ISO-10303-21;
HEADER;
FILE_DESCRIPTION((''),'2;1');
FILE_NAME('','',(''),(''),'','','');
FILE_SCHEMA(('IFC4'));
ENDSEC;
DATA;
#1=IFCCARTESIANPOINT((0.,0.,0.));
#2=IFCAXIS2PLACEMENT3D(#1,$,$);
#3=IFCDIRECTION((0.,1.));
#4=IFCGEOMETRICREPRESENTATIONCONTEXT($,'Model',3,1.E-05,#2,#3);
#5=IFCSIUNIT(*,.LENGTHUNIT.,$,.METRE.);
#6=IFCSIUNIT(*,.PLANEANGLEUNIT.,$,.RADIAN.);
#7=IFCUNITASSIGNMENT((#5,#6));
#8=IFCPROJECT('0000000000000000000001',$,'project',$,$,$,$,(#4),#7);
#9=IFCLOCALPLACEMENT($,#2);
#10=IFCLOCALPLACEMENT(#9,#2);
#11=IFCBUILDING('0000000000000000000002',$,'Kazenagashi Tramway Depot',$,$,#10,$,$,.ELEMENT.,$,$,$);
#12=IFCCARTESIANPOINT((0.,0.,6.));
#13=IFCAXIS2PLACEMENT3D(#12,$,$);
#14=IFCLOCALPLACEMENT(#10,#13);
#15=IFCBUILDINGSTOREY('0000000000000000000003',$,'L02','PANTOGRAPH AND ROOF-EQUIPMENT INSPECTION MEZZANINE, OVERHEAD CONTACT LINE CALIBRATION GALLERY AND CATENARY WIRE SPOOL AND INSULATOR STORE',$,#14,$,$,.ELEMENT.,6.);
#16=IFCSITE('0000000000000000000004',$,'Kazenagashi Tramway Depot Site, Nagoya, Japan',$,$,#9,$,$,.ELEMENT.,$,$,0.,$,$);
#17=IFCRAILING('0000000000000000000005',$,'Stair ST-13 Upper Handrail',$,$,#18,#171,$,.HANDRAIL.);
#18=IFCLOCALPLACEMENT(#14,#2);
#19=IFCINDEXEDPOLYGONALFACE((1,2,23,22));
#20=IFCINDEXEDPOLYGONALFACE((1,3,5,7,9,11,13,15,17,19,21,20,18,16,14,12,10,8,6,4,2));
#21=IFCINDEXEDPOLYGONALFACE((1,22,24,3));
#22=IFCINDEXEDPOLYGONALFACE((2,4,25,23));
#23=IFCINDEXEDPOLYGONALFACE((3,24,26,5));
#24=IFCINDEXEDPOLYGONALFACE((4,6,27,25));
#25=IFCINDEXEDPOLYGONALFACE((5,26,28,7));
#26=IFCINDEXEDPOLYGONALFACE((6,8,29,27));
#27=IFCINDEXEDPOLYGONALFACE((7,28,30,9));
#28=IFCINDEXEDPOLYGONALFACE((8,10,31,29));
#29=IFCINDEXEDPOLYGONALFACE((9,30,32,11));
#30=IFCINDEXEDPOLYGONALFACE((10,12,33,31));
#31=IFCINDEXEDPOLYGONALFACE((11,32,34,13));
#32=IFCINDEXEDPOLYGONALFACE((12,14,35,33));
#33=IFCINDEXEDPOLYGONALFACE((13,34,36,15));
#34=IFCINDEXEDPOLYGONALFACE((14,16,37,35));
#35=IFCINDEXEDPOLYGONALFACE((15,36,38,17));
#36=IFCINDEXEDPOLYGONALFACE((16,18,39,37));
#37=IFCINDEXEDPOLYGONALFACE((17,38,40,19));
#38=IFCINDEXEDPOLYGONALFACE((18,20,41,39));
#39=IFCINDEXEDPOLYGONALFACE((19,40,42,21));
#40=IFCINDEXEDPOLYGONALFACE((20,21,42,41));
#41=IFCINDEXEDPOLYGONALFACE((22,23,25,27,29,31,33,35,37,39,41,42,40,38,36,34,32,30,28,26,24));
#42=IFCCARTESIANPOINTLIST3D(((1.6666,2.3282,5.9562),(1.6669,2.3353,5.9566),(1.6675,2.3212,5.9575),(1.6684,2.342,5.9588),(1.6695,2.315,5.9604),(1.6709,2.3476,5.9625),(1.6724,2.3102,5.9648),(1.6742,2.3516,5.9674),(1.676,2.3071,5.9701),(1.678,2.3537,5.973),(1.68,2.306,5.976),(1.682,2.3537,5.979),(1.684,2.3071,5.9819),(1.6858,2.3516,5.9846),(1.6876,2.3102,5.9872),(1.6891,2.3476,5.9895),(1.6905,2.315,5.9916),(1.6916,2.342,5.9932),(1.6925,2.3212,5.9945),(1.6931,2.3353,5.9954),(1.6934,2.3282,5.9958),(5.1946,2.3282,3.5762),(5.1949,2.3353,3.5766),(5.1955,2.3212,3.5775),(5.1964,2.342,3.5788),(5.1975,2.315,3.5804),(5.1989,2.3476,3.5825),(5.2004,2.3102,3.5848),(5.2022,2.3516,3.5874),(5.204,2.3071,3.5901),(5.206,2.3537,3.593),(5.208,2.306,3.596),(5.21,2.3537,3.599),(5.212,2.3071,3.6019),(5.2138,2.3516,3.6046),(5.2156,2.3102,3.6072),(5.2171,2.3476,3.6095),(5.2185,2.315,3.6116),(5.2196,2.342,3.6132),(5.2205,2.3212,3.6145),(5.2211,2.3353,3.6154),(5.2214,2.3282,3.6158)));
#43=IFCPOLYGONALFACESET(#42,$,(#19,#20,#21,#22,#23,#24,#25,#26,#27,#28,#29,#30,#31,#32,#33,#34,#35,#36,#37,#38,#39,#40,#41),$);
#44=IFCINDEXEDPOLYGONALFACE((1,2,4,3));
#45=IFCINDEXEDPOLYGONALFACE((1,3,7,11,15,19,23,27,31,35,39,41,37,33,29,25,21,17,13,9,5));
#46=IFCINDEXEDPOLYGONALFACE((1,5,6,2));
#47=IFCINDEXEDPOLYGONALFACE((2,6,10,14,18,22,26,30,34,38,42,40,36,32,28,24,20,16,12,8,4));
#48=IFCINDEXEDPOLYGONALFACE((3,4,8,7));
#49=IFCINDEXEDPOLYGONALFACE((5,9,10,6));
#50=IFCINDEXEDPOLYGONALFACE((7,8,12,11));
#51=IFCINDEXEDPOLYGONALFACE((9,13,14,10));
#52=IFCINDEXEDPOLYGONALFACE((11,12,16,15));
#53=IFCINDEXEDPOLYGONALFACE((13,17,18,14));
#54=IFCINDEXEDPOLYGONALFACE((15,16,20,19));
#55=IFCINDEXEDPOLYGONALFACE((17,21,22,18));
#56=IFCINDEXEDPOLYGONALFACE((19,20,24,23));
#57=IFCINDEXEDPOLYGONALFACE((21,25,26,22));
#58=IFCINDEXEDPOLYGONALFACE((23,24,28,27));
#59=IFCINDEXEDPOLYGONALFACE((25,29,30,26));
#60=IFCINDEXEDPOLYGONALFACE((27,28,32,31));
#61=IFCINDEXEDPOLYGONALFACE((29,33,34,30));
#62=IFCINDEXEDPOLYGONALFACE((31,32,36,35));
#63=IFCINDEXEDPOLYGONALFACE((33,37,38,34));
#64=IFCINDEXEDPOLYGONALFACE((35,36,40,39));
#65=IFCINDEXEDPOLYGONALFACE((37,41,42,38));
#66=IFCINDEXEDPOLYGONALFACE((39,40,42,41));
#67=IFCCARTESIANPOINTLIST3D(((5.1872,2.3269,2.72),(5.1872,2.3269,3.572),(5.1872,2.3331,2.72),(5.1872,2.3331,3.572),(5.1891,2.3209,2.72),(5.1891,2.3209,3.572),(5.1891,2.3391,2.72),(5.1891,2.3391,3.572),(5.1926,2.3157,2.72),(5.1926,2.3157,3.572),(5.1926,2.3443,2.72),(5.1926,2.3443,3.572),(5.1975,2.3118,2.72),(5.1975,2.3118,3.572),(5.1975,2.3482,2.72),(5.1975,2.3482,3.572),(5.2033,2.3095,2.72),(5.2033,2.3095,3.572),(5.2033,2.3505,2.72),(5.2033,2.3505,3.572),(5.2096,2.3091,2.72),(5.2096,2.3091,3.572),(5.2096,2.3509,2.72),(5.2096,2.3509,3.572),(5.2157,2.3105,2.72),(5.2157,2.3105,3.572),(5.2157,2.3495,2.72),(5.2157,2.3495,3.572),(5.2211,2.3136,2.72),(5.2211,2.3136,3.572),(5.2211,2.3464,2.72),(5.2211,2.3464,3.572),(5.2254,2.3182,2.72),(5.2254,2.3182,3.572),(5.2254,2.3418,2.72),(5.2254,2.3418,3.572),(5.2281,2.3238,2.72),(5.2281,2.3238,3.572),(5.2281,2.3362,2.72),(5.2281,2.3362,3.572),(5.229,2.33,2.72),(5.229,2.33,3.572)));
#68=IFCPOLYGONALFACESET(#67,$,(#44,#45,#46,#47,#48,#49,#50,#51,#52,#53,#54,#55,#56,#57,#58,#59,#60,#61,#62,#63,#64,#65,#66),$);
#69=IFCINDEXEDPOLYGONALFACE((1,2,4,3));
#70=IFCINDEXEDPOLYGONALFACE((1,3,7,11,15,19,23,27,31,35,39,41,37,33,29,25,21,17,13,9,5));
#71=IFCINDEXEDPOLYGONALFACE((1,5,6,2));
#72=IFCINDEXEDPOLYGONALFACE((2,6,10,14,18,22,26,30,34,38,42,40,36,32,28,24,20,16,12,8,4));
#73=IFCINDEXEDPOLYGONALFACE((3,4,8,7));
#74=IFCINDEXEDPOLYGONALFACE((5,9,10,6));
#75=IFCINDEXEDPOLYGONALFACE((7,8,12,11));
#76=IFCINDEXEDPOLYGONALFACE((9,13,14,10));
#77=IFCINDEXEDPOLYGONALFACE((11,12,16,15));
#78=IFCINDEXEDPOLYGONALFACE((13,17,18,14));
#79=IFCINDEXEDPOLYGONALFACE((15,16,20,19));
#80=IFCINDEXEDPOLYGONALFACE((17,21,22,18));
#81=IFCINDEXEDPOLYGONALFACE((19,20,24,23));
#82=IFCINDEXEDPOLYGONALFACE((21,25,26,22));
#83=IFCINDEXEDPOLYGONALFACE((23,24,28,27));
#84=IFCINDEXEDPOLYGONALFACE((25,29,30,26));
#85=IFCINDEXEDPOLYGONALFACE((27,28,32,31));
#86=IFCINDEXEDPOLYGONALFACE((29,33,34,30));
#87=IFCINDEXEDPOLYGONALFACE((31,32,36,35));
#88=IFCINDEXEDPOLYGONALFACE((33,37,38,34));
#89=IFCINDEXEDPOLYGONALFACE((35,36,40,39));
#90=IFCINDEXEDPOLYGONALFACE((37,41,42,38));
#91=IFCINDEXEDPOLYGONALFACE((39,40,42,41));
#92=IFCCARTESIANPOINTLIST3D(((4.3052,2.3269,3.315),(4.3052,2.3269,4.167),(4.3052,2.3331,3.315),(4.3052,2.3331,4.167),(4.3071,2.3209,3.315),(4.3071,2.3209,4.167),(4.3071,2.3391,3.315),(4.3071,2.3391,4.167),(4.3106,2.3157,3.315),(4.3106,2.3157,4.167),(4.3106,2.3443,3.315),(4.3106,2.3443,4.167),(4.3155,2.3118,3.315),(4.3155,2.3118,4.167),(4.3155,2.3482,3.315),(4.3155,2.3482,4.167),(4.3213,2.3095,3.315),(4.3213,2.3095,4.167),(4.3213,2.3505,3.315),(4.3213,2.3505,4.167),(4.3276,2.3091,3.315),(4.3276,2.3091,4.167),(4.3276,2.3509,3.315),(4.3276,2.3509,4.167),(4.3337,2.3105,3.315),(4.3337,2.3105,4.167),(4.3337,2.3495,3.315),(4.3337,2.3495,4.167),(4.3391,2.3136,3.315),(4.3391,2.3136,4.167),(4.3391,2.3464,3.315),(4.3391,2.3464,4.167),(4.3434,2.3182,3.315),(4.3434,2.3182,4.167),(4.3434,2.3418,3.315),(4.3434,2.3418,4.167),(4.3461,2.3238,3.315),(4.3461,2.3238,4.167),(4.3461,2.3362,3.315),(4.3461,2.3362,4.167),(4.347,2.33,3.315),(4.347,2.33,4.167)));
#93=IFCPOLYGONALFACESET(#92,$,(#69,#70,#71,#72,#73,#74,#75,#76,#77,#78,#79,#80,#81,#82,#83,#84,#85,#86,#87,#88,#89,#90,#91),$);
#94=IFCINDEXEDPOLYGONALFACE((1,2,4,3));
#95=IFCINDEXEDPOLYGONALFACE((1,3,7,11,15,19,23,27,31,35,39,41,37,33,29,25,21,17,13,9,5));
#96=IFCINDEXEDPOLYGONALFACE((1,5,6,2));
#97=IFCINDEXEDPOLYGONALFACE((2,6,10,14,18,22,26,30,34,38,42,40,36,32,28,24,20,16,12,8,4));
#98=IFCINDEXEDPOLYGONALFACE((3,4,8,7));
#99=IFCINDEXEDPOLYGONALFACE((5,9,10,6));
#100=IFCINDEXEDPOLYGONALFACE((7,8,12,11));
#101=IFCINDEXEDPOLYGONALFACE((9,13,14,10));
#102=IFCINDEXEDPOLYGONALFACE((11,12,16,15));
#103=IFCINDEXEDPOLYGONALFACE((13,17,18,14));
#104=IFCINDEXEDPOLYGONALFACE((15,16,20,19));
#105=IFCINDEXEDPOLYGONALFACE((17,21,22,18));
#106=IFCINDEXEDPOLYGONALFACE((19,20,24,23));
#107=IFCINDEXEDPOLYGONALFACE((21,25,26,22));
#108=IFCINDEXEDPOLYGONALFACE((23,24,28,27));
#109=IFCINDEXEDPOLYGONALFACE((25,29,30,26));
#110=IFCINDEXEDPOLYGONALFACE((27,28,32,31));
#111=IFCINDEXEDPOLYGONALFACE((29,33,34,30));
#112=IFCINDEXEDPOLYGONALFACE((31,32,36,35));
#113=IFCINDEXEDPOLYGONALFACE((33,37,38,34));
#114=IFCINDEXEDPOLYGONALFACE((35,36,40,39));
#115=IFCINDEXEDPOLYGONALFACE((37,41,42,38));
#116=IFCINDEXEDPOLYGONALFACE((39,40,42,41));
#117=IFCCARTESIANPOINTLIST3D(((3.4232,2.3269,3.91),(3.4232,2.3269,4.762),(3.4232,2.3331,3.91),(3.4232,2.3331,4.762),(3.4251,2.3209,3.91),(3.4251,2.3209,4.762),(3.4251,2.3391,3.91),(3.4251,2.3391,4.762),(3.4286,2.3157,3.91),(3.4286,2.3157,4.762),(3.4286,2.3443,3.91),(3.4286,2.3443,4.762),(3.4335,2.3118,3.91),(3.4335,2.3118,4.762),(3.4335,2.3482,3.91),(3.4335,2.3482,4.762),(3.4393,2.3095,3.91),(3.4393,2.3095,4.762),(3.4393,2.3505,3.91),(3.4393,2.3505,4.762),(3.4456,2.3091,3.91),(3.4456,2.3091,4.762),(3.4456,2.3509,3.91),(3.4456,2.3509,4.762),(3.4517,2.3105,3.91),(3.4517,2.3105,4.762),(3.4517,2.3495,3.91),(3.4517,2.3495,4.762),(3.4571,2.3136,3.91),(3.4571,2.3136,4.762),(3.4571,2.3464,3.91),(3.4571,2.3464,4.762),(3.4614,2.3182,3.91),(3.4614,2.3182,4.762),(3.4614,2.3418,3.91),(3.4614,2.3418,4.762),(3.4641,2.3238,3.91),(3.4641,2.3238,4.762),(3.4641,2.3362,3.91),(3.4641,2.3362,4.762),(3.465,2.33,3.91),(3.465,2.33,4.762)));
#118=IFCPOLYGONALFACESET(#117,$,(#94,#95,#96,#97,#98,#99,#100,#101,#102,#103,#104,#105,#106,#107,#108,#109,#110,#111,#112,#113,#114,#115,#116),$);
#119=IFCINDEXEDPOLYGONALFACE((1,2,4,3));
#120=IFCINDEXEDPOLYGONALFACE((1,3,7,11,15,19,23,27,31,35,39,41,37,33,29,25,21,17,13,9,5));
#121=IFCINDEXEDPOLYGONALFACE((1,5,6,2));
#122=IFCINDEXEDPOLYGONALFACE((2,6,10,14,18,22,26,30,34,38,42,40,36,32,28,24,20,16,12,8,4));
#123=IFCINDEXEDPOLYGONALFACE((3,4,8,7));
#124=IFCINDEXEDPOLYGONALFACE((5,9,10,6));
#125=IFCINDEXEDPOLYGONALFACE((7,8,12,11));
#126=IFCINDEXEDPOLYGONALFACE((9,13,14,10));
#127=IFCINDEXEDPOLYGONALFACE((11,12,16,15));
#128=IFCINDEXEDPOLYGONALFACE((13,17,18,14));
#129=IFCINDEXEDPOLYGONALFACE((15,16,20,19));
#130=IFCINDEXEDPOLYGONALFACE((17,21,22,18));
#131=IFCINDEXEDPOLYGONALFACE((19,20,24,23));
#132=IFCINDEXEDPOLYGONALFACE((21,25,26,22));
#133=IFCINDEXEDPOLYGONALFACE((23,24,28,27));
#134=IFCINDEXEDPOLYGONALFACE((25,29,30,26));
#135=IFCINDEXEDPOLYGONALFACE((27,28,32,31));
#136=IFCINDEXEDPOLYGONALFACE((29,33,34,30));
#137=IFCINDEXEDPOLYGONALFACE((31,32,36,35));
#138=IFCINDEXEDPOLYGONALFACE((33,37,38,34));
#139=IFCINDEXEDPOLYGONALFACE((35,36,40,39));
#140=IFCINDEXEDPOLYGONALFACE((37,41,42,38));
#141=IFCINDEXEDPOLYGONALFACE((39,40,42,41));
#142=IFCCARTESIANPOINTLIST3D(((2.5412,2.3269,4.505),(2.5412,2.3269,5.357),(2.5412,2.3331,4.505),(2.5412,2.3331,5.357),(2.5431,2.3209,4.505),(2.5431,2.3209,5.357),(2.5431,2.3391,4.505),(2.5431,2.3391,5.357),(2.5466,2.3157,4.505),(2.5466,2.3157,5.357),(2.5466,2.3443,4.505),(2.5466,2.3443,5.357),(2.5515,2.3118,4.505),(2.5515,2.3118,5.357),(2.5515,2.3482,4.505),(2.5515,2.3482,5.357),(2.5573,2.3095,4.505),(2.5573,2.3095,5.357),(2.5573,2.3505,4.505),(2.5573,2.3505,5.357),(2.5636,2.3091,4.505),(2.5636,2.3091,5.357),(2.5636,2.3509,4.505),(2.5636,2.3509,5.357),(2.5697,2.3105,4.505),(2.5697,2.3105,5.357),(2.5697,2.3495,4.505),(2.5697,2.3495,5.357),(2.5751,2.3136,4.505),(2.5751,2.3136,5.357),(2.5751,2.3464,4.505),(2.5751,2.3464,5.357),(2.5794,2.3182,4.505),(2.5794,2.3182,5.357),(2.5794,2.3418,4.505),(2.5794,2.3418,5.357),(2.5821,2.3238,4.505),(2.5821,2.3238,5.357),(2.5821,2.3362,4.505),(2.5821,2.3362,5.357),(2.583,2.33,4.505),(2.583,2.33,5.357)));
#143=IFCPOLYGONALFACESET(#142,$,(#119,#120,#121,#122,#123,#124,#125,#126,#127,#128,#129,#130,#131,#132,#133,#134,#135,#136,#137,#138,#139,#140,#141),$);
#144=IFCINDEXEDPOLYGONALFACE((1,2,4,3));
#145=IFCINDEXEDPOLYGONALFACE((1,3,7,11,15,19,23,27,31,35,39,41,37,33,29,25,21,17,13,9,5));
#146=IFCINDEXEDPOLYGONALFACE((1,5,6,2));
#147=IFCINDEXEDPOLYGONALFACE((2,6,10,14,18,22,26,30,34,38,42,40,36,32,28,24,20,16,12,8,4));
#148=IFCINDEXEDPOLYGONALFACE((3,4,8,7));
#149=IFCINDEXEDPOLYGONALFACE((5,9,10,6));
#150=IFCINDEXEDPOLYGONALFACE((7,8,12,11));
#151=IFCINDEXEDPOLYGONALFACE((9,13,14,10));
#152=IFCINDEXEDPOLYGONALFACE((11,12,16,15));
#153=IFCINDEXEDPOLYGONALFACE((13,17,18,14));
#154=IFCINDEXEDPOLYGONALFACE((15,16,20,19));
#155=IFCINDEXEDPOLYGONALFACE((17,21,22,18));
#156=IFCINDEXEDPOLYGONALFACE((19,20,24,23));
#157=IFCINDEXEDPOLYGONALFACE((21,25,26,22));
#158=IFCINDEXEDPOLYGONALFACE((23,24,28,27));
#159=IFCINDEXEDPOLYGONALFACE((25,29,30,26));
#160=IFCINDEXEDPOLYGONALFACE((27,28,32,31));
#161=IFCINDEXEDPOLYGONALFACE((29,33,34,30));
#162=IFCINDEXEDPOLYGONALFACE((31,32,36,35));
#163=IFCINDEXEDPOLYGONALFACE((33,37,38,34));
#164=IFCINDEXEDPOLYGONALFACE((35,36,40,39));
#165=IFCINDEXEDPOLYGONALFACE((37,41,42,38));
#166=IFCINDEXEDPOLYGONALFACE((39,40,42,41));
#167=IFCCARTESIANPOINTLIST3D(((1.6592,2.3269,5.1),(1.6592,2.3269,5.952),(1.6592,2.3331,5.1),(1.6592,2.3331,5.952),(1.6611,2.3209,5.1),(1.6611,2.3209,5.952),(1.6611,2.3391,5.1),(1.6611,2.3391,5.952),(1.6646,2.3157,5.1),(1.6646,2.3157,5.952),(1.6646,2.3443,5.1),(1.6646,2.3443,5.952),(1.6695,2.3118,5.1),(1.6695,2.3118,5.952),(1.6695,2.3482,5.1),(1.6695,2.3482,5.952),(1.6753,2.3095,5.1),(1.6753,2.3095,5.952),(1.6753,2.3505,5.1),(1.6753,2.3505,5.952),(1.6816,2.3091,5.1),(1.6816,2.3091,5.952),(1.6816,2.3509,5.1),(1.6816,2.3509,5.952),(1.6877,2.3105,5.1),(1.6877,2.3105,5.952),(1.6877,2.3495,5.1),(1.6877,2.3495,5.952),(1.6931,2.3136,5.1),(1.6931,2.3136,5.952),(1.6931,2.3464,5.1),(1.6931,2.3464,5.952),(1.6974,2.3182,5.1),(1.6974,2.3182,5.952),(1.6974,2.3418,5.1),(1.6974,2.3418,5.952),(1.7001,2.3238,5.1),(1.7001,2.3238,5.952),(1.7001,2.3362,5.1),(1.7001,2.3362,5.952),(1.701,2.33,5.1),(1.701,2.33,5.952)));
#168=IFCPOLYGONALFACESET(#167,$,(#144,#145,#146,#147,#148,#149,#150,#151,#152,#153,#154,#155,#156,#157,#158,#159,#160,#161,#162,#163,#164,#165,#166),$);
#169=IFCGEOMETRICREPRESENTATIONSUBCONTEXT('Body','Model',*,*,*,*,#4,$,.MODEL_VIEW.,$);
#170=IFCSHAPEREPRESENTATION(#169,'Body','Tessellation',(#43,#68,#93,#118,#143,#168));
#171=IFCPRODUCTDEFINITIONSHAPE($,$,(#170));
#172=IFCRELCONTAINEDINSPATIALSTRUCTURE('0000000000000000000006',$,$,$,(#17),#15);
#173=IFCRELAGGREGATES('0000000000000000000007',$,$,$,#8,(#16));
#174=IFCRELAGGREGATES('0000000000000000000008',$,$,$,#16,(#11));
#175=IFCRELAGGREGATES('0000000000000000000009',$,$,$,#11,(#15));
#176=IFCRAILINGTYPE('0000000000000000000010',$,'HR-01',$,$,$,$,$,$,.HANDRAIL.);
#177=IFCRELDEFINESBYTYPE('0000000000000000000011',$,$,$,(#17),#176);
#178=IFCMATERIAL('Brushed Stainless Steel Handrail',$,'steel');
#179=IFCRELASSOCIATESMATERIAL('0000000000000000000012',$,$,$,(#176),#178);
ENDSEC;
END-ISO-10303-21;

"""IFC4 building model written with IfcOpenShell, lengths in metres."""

from ifc_helpers import new_model, si_unit, direction, frame, origin, origin_2d, place, context, subcontext, project, spatial, circle, extrude, material, type_object, element, save


model = new_model("IFC4")

# Units and contexts
model_context = context("Model", 3, precision=1e-05, world=origin(), true_north=direction((0.0, 1.0)))
body_context = subcontext(model_context, "Body", "Model", "MODEL_VIEW")
ifc_project = project(units=[si_unit("LENGTHUNIT", "METRE"), si_unit("PLANEANGLEUNIT", "RADIAN")], contexts=[model_context])

# Site, building, storey
site_placement = place(None, origin())
site = spatial("IfcSite", under=ifc_project, at=site_placement, Name="Kazenagashi Tramway Depot Site, Nagoya, Japan", CompositionType="ELEMENT", RefElevation=0.0)
building_placement = place(site_placement, origin())
building = spatial("IfcBuilding", under=site, at=building_placement, Name="Kazenagashi Tramway Depot", CompositionType="ELEMENT")
storey_placement = place(building_placement, frame((0.0, 0.0, 6.0)))
storey = spatial("IfcBuildingStorey", under=building, at=storey_placement, Name="L02", Description="PANTOGRAPH AND ROOF-EQUIPMENT INSPECTION MEZZANINE, OVERHEAD CONTACT LINE CALIBRATION GALLERY AND CATENARY WIRE SPOOL AND INSULATOR STORE", CompositionType="ELEMENT", Elevation=6.0)

# Railing
ifc_material_1 = material(Name="Brushed Stainless Steel Handrail", Category="steel")
railing_type_1 = type_object("IfcRailingType", Name="HR-01", PredefinedType="HANDRAIL", material=ifc_material_1)
railing_1_placement = place(storey_placement, frame((5.208, 2.33, 2.72)))
element("IfcRailing", 1, at=railing_1_placement, inside=storey, type_object=railing_type_1, Name="Stair ST-13 Upper Handrail", PredefinedType="HANDRAIL", context=body_context, shape_type="SweptSolid", body=[
    extrude(circle(Radius=0.024, at=origin_2d()), frame((0.0, 0.0, 0.876), z_axis=(-0.829001, 0.0, 0.559247), x_axis=(0.0, -1.0, 0.0)), (0.0, 0.0, 1.0), 4.2557),
    extrude(circle(Radius=0.021, at=origin_2d()), origin(), (0.0, 0.0, 1.0), 0.852),
    extrude(circle(Radius=0.021, at=origin_2d()), frame((-0.882, 0.0, 0.595)), (0.0, 0.0, 1.0), 0.852),
    extrude(circle(Radius=0.021, at=origin_2d()), frame((-1.764, 0.0, 1.19)), (0.0, 0.0, 1.0), 0.852),
    extrude(circle(Radius=0.021, at=origin_2d()), frame((-2.646, 0.0, 1.785)), (0.0, 0.0, 1.0), 0.852),
    extrude(circle(Radius=0.021, at=origin_2d()), frame((-3.528, 0.0, 2.38)), (0.0, 0.0, 1.0), 0.852),
])

save(model, "model.ifc")
